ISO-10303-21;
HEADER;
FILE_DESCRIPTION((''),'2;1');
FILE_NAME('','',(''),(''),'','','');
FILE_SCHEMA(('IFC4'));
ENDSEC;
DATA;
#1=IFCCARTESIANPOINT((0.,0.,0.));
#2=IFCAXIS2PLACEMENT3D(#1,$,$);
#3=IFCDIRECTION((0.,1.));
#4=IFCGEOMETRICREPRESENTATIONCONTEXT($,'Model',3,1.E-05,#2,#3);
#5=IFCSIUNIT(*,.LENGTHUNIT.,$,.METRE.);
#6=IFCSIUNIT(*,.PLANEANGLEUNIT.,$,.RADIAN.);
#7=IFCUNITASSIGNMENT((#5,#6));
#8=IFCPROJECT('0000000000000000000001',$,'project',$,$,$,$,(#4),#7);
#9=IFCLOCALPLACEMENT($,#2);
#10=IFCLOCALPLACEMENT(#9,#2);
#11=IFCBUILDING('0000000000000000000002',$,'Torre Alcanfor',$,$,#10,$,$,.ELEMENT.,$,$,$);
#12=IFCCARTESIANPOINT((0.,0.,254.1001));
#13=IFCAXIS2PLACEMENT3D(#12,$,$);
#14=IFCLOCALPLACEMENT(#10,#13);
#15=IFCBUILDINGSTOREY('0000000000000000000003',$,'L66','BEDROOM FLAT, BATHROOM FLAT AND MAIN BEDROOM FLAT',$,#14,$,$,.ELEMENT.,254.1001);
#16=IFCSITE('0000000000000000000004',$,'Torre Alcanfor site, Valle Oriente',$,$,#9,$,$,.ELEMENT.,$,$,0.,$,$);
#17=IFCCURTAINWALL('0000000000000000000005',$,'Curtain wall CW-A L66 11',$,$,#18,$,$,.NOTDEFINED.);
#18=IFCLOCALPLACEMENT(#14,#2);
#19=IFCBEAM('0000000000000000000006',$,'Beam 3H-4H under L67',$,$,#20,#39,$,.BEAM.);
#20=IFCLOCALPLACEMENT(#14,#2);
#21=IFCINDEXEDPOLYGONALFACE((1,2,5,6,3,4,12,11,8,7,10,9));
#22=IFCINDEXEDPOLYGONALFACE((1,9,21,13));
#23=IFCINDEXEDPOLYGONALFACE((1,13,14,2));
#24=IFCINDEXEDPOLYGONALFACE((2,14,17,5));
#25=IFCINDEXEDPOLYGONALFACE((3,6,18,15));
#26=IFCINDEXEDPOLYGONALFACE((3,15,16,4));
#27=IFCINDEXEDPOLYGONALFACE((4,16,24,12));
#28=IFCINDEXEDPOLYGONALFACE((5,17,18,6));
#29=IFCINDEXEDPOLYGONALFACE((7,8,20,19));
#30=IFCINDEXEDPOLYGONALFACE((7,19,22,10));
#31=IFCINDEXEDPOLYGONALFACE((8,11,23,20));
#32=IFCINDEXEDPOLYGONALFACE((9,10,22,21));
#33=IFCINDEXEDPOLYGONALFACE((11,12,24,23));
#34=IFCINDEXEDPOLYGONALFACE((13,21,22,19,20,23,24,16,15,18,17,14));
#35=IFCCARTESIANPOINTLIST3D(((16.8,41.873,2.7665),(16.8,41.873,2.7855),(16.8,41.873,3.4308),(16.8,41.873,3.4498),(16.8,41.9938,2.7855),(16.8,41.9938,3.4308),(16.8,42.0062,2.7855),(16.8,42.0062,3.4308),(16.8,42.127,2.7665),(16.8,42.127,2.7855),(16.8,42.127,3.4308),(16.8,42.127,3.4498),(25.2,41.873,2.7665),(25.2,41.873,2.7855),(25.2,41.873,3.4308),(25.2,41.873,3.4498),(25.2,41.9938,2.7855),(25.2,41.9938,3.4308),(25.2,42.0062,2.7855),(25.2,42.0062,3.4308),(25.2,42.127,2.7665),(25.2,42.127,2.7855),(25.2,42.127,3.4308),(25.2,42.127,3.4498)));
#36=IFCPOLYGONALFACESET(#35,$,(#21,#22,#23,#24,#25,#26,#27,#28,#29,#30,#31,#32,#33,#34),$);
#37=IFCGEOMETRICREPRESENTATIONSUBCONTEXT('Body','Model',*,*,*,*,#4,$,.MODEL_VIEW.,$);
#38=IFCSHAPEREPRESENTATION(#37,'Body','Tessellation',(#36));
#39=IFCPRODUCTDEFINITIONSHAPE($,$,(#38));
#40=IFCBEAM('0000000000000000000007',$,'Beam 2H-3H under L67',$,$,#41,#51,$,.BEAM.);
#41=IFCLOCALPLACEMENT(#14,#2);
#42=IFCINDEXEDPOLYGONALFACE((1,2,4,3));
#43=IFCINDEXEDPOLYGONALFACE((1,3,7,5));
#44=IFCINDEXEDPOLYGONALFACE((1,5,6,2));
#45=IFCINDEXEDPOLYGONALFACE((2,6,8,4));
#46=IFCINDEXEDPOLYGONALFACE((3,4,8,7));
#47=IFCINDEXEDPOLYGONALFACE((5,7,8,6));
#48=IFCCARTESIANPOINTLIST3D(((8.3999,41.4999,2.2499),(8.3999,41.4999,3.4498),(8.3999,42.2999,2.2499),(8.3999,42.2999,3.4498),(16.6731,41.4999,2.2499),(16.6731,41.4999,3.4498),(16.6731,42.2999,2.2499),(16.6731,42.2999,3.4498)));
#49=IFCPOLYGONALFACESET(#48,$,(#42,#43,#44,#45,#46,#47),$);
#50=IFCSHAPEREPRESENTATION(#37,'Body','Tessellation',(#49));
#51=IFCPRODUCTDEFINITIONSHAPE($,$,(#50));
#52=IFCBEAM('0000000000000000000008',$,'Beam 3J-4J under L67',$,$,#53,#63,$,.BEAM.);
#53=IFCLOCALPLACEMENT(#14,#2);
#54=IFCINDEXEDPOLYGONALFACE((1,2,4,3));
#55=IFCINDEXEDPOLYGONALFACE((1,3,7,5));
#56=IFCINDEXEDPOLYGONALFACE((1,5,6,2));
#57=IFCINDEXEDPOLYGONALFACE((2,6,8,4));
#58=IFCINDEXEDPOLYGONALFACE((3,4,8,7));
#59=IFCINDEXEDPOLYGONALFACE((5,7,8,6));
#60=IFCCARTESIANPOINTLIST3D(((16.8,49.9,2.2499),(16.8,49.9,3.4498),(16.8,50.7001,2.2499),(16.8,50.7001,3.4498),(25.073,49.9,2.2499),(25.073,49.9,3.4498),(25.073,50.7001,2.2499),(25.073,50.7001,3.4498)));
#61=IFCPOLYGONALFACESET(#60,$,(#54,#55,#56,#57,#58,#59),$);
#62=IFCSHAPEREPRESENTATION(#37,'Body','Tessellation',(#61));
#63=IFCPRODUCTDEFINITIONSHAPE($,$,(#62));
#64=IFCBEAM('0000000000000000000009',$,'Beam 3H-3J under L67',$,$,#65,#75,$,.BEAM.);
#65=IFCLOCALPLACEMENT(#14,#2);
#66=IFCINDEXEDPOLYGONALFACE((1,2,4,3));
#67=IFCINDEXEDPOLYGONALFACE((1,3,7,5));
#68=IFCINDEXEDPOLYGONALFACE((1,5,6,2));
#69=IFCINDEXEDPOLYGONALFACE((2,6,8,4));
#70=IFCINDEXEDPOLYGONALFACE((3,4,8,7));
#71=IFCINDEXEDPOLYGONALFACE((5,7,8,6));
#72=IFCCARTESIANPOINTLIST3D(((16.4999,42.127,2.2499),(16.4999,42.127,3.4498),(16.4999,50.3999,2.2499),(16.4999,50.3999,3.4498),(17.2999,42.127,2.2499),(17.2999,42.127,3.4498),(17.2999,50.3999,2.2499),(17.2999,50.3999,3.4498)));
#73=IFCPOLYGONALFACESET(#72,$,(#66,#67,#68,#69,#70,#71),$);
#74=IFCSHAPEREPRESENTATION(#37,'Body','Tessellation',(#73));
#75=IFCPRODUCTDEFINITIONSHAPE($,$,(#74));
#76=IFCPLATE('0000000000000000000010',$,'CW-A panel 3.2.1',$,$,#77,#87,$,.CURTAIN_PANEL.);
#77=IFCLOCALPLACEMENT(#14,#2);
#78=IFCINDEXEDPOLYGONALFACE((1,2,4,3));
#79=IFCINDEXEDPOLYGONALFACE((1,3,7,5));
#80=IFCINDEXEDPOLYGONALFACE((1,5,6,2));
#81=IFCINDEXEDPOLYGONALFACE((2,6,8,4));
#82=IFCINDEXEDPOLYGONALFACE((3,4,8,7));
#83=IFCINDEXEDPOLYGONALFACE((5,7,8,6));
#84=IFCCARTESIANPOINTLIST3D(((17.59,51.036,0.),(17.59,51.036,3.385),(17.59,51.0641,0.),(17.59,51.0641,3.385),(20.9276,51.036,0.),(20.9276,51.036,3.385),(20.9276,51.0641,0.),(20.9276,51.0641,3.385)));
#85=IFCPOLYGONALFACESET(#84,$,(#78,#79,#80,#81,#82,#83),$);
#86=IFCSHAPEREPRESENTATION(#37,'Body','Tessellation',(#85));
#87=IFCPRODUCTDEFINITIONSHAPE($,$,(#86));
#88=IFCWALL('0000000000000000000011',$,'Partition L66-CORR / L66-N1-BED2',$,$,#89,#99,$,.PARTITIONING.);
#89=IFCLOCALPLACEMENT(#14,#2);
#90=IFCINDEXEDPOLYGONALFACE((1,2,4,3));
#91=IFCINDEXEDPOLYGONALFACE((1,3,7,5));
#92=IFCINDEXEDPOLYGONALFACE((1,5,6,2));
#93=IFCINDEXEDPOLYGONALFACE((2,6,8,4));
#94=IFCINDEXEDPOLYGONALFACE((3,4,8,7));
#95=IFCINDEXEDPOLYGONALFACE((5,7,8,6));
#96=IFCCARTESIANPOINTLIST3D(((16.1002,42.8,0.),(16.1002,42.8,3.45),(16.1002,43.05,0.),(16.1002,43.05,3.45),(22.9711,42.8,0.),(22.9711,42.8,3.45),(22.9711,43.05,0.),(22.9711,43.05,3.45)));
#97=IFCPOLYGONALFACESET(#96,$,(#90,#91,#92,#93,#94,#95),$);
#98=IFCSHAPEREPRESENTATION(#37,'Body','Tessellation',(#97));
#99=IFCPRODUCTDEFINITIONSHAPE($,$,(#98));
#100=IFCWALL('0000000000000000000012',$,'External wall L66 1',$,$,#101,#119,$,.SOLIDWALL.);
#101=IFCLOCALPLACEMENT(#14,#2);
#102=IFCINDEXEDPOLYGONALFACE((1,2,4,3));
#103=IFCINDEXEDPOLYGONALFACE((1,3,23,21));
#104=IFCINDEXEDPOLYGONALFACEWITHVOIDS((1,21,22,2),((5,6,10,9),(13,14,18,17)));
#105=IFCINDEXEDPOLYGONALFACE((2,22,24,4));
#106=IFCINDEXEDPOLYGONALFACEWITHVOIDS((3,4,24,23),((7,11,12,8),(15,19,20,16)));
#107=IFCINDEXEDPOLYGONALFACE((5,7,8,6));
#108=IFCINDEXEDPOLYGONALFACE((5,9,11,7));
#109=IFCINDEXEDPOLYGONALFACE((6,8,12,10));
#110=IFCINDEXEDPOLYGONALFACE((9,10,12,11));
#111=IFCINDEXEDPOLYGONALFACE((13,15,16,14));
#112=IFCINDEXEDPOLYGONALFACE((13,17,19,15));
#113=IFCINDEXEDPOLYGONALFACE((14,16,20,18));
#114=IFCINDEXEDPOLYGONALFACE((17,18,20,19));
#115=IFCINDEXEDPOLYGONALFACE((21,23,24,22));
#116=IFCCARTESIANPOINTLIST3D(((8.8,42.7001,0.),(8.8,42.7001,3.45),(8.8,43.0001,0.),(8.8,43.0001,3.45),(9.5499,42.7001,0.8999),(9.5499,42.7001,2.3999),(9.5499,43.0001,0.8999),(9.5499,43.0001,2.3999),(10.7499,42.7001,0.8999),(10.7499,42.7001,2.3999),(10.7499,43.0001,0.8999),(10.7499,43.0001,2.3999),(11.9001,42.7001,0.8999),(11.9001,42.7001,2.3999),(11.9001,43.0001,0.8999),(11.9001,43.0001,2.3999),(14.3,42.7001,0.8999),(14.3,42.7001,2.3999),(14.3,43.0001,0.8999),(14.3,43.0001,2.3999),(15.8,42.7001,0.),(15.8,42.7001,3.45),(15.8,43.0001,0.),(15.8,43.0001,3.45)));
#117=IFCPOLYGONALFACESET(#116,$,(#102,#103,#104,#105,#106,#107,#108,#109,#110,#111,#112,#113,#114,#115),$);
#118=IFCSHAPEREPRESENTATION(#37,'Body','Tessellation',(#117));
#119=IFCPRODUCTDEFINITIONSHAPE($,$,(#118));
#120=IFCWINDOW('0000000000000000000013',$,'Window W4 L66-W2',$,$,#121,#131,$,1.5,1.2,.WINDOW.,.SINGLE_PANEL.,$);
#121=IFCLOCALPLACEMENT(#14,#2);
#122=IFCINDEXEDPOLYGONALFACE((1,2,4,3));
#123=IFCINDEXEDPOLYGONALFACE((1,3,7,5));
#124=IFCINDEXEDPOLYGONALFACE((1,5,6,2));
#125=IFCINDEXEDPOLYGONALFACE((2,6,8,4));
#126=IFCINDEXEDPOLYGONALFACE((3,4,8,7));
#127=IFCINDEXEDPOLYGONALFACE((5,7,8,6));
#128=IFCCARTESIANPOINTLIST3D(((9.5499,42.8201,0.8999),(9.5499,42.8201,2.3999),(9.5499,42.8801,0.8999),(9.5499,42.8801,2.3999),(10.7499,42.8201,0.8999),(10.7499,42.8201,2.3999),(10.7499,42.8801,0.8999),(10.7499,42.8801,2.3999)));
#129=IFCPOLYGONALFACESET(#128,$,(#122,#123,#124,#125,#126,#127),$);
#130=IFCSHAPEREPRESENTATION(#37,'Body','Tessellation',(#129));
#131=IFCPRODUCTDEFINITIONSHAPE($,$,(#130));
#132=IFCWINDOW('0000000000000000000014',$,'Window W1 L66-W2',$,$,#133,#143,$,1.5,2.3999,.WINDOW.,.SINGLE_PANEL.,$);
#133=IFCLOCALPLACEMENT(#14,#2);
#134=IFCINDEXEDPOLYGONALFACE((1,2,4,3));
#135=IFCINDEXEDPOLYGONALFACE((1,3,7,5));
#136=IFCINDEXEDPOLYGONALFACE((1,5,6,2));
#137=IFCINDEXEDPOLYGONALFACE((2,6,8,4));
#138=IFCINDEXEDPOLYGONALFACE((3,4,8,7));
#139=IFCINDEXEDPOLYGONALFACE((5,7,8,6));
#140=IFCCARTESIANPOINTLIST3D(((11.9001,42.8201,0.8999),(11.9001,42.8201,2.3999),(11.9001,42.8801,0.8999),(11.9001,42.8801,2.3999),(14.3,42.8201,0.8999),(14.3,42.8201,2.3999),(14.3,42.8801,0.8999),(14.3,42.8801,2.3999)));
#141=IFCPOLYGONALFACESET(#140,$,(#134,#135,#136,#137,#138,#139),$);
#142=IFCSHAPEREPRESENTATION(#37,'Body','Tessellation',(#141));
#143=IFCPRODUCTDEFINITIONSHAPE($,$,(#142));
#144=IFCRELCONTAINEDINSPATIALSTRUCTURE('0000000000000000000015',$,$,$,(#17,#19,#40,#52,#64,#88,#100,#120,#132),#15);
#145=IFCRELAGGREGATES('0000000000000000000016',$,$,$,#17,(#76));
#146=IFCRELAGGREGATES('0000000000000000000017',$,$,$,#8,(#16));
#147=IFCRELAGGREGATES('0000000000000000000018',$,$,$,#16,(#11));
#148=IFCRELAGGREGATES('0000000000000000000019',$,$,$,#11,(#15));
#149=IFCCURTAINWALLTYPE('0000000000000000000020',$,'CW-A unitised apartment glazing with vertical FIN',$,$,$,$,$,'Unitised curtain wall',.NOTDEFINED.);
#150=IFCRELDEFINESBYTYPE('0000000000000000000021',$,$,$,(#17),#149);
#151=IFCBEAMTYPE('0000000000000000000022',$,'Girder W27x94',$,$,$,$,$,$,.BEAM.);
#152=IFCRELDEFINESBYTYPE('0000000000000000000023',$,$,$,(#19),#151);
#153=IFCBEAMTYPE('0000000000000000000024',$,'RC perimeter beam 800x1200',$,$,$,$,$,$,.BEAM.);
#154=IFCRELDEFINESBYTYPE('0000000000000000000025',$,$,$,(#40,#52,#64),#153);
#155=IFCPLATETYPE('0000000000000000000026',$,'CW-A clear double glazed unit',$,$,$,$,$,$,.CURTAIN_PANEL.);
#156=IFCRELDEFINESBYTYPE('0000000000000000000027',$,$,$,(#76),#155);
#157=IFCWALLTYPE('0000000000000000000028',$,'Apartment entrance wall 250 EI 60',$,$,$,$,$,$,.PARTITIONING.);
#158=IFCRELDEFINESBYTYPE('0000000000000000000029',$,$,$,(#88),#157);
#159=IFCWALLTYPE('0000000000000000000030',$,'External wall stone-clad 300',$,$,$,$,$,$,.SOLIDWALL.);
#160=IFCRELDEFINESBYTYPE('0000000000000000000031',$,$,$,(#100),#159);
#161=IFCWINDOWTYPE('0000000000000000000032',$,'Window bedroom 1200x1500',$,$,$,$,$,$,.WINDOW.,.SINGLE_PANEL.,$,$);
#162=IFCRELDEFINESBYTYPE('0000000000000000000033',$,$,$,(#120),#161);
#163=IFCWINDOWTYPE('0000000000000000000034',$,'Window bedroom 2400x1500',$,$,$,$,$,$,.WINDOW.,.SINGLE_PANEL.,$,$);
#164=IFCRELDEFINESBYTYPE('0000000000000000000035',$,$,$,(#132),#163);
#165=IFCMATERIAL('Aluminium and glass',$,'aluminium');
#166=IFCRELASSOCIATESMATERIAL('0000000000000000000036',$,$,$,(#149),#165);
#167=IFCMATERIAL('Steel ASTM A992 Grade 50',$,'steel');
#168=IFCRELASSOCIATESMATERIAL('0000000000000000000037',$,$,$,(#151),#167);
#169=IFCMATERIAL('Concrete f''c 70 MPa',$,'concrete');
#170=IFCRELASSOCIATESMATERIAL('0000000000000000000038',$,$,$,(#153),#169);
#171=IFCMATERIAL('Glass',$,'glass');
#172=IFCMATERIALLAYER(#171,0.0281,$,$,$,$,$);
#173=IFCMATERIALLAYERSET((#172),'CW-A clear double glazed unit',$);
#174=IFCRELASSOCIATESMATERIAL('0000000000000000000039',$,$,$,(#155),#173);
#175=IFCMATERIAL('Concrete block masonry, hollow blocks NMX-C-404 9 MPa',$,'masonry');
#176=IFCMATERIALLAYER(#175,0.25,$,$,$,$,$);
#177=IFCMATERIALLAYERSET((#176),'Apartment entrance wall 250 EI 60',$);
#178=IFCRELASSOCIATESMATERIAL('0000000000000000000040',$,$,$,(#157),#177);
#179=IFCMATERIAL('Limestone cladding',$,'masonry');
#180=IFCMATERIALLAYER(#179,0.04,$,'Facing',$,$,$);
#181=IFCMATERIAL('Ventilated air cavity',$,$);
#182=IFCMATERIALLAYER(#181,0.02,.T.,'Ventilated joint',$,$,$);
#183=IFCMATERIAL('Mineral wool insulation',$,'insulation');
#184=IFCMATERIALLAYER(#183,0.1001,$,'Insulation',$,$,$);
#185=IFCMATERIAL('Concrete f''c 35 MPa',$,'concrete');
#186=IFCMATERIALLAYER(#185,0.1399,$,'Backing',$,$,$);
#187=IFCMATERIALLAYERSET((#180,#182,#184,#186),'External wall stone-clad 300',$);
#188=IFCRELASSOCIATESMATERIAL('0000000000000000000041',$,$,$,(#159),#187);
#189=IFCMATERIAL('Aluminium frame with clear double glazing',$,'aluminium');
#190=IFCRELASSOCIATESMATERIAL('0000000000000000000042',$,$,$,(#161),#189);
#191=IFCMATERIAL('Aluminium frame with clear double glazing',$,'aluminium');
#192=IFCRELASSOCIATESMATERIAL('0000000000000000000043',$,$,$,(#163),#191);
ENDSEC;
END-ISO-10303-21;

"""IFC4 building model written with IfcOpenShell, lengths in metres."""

from ifc_helpers import new_model, si_unit, direction, frame, frame_2d, origin, origin_2d, place, context, subcontext, project, spatial, rectangle, i_section, extrude, material, layer, layer_set, material_profile, profile_set, type_object, element, fill, aggregate, save


model = new_model("IFC4")

# Units and contexts
model_context = context("Model", 3, precision=1e-05, world=origin(), true_north=direction((0.0, 1.0)))
body_context = subcontext(model_context, "Body", "Model", "MODEL_VIEW")
ifc_project = project(units=[si_unit("LENGTHUNIT", "METRE"), si_unit("PLANEANGLEUNIT", "RADIAN")], contexts=[model_context])

# Site, building, storey
site_placement = place(None, origin())
site = spatial("IfcSite", under=ifc_project, at=site_placement, Name="Torre Alcanfor site, Valle Oriente", CompositionType="ELEMENT", RefElevation=0.0)
building_placement = place(site_placement, origin())
building = spatial("IfcBuilding", under=site, at=building_placement, Name="Torre Alcanfor", CompositionType="ELEMENT")
storey_placement = place(building_placement, frame((0.0, 0.0, 254.1001)))
storey = spatial("IfcBuildingStorey", under=building, at=storey_placement, Name="L66", Description="BEDROOM FLAT, BATHROOM FLAT AND MAIN BEDROOM FLAT", CompositionType="ELEMENT", Elevation=254.1001)

# Shared definitions
ifc_material_1 = material(Name="Aluminium and glass", Category="aluminium")
curtain_wall_type = type_object("IfcCurtainWallType", Name="CW-A unitised apartment glazing with vertical FIN", ElementType="Unitised curtain wall", PredefinedType="NOTDEFINED", material=ifc_material_1)

# Curtain wall
curtain_wall_1_placement = place(storey_placement, origin())
curtain_wall_1 = element("IfcCurtainWall", 1, at=curtain_wall_1_placement, inside=storey, type_object=curtain_wall_type, Name="Curtain wall CW-A L66 11", PredefinedType="NOTDEFINED")

# Beams
ifc_material_2 = material(Name="Steel ASTM A992 Grade 50", Category="steel")
ifc_material_profile_1 = material_profile(ifc_material_2, i_section(OverallWidth=0.2539, OverallDepth=0.6833, WebThickness=0.0125, FlangeThickness=0.019, at=origin_2d()), Name="W27x94")
ifc_profile_set_1 = profile_set([ifc_material_profile_1], Name="Steel ASTM A992 Grade 50")
beam_type_1 = type_object("IfcBeamType", Name="Girder W27x94", PredefinedType="BEAM", material=ifc_profile_set_1)
beam_1_placement = place(storey_placement, frame((16.8, 42.0, 3.1082), z_axis=(1.0, 0.0, 0.0), x_axis=(0.0, 1.0, 0.0)))
element("IfcBeam", 2, at=beam_1_placement, inside=storey, type_object=beam_type_1, Name="Beam 3H-4H under L67", PredefinedType="BEAM", context=body_context, shape_type="SweptSolid", body=[
    extrude(i_section(OverallWidth=0.2539, OverallDepth=0.6833, WebThickness=0.0125, FlangeThickness=0.019, at=origin_2d()), origin(), (0.0, 0.0, 1.0), 8.3999),
])
ifc_material_3 = material(Name="Concrete f'c 70 MPa", Category="concrete")
ifc_material_profile_2 = material_profile(ifc_material_3, rectangle(XDim=0.8, YDim=1.2, at=origin_2d()), Name="800x1200")
ifc_profile_set_2 = profile_set([ifc_material_profile_2], Name="Concrete f'c 70 MPa")
beam_type_2 = type_object("IfcBeamType", Name="RC perimeter beam 800x1200", PredefinedType="BEAM", material=ifc_profile_set_2)
beam_2_placement = place(storey_placement, frame((8.3999, 41.8999, 2.8499), z_axis=(1.0, 0.0, 0.0), x_axis=(0.0, 1.0, 0.0)))
element("IfcBeam", 3, at=beam_2_placement, inside=storey, type_object=beam_type_2, Name="Beam 2H-3H under L67", PredefinedType="BEAM", context=body_context, shape_type="SweptSolid", body=[
    extrude(rectangle(XDim=0.8, YDim=1.2, at=origin_2d()), origin(), (0.0, 0.0, 1.0), 8.2732),
])
for number, where, z_axis, x_axis, name in (
    (4, (16.8, 50.3, 2.8499), (1.0, 0.0, 0.0), (0.0, 1.0, 0.0), "Beam 3J-4J under L67"),
    (5, (16.8999, 42.127, 2.8499), (0.0, 1.0, 0.0), (-1.0, 0.0, 0.0), "Beam 3H-3J under L67"),
):
    element("IfcBeam", number, at=place(storey_placement, frame(where, z_axis=z_axis, x_axis=x_axis)), inside=storey, type_object=beam_type_2, Name=name, PredefinedType="BEAM", context=body_context, shape_type="SweptSolid", body=[
        extrude(rectangle(XDim=0.8, YDim=1.2, at=origin_2d()), origin(), (0.0, 0.0, 1.0), 8.2729),
    ])

# Plate
ifc_material_4 = material(Name="Glass", Category="glass")
ifc_layer_1 = layer(ifc_material_4, 0.0281)
ifc_layer_set_1 = layer_set([ifc_layer_1], Name="CW-A clear double glazed unit")
plate_type = type_object("IfcPlateType", Name="CW-A clear double glazed unit", PredefinedType="CURTAIN_PANEL", material=ifc_layer_set_1)
plate_placement = place(storey_placement, frame((19.2588, 51.05, 0.0), z_axis=(0.0, 0.0, 1.0), x_axis=(-1.0, 0.0, 0.0)))
plate = element("IfcPlate", 6, at=plate_placement, type_object=plate_type, Name="CW-A panel 3.2.1", PredefinedType="CURTAIN_PANEL", context=body_context, shape_type="SweptSolid", body=[
    extrude(rectangle(XDim=3.3376, YDim=0.0281, at=origin_2d()), origin(), (0.0, 0.0, 1.0), 3.385),
])
aggregate(curtain_wall_1, [plate])

# Wall
ifc_material_5 = material(Name="Concrete block masonry, hollow blocks NMX-C-404 9 MPa", Category="masonry")
ifc_layer_2 = layer(ifc_material_5, 0.25)
ifc_layer_set_2 = layer_set([ifc_layer_2], Name="Apartment entrance wall 250 EI 60")
wall_type_1 = type_object("IfcWallType", Name="Apartment entrance wall 250 EI 60", PredefinedType="PARTITIONING", material=ifc_layer_set_2)
wall_1_placement = place(storey_placement, frame((16.1001, 42.925, 0.0), z_axis=(0.0, 0.0, 1.0), x_axis=(1.0, 0.0, 0.0)))
element("IfcWall", 7, at=wall_1_placement, inside=storey, type_object=wall_type_1, Name="Partition L66-CORR / L66-N1-BED2", PredefinedType="PARTITIONING", context=body_context, shape_type="SweptSolid", body=[
    extrude(rectangle(XDim=6.8708, YDim=0.25, at=frame_2d((3.4355, 0.0))), origin(), (0.0, 0.0, 1.0), 3.45),
])

# Wall, openings, windows
ifc_material_6 = material(Name="Limestone cladding", Category="masonry")
ifc_layer_3 = layer(ifc_material_6, 0.04, Name="Facing")
ifc_material_7 = material(Name="Ventilated air cavity")
ifc_layer_4 = layer(ifc_material_7, 0.02, ventilated=True, Name="Ventilated joint")
ifc_material_8 = material(Name="Mineral wool insulation", Category="insulation")
ifc_layer_5 = layer(ifc_material_8, 0.1001, Name="Insulation")
ifc_material_9 = material(Name="Concrete f'c 35 MPa", Category="concrete")
ifc_layer_6 = layer(ifc_material_9, 0.1399, Name="Backing")
ifc_layer_set_3 = layer_set([ifc_layer_3, ifc_layer_4, ifc_layer_5, ifc_layer_6], Name="External wall stone-clad 300")
wall_type_2 = type_object("IfcWallType", Name="External wall stone-clad 300", PredefinedType="SOLIDWALL", material=ifc_layer_set_3)
wall_2_placement = place(storey_placement, frame((15.8, 42.8501, 0.0), z_axis=(0.0, 0.0, 1.0), x_axis=(-1.0, 0.0, 0.0)))
wall_2 = element("IfcWall", 8, at=wall_2_placement, inside=storey, type_object=wall_type_2, Name="External wall L66 1", PredefinedType="SOLIDWALL", context=body_context, shape_type="SweptSolid", body=[
    extrude(rectangle(XDim=7.0, YDim=0.3, at=frame_2d((3.5, 0.0))), origin(), (0.0, 0.0, 1.0), 3.45),
])
opening_1_placement = place(wall_2_placement, frame((1.5, 0.0, 0.8999)))
opening_1 = element("IfcOpeningElement", 9, at=opening_1_placement, cuts=wall_2, PredefinedType="OPENING", context=body_context, shape_type="SweptSolid", body=[
    extrude(rectangle(XDim=2.3999, YDim=1.5, at=frame_2d((1.2, 0.75))), frame((0.0, 0.1599, 0.0), z_axis=(0.0, -1.0, 0.0), x_axis=(1.0, 0.0, 0.0)), (0.0, 0.0, 1.0), 0.3201),
])
opening_2_placement = place(wall_2_placement, frame((5.05, 0.0, 0.8999)))
opening_2 = element("IfcOpeningElement", 10, at=opening_2_placement, cuts=wall_2, PredefinedType="OPENING", context=body_context, shape_type="SweptSolid", body=[
    extrude(rectangle(XDim=1.2, YDim=1.5, at=frame_2d((0.6001, 0.75))), frame((0.0, 0.1599, 0.0), z_axis=(0.0, -1.0, 0.0), x_axis=(1.0, 0.0, 0.0)), (0.0, 0.0, 1.0), 0.3201),
])
ifc_material_10 = material(Name="Aluminium frame with clear double glazing", Category="aluminium")
window_type_1 = type_object("IfcWindowType", Name="Window bedroom 1200x1500", PartitioningType="SINGLE_PANEL", PredefinedType="WINDOW", material=ifc_material_10)
window_1_placement = place(opening_2_placement, origin())
window_1 = element("IfcWindow", 11, at=window_1_placement, inside=storey, type_object=window_type_1, Name="Window W4 L66-W2", OverallHeight=1.5, OverallWidth=1.2, PartitioningType="SINGLE_PANEL", PredefinedType="WINDOW", context=body_context, shape_type="SweptSolid", body=[
    extrude(rectangle(XDim=1.2, YDim=1.5, at=frame_2d((0.6001, 0.75))), frame((0.0, 0.03, 0.0), z_axis=(0.0, -1.0, 0.0), x_axis=(1.0, 0.0, 0.0)), (0.0, 0.0, 1.0), 0.0601),
])
fill(opening_2, window_1)
ifc_material_11 = material(Name="Aluminium frame with clear double glazing", Category="aluminium")
window_type_2 = type_object("IfcWindowType", Name="Window bedroom 2400x1500", PartitioningType="SINGLE_PANEL", PredefinedType="WINDOW", material=ifc_material_11)
window_2_placement = place(opening_1_placement, origin())
window_2 = element("IfcWindow", 12, at=window_2_placement, inside=storey, type_object=window_type_2, Name="Window W1 L66-W2", OverallHeight=1.5, OverallWidth=2.3999, PartitioningType="SINGLE_PANEL", PredefinedType="WINDOW", context=body_context, shape_type="SweptSolid", body=[
    extrude(rectangle(XDim=2.3999, YDim=1.5, at=frame_2d((1.2, 0.75))), frame((0.0, 0.03, 0.0), z_axis=(0.0, -1.0, 0.0), x_axis=(1.0, 0.0, 0.0)), (0.0, 0.0, 1.0), 0.0601),
])
fill(opening_1, window_2)

save(model, "model.ifc")
